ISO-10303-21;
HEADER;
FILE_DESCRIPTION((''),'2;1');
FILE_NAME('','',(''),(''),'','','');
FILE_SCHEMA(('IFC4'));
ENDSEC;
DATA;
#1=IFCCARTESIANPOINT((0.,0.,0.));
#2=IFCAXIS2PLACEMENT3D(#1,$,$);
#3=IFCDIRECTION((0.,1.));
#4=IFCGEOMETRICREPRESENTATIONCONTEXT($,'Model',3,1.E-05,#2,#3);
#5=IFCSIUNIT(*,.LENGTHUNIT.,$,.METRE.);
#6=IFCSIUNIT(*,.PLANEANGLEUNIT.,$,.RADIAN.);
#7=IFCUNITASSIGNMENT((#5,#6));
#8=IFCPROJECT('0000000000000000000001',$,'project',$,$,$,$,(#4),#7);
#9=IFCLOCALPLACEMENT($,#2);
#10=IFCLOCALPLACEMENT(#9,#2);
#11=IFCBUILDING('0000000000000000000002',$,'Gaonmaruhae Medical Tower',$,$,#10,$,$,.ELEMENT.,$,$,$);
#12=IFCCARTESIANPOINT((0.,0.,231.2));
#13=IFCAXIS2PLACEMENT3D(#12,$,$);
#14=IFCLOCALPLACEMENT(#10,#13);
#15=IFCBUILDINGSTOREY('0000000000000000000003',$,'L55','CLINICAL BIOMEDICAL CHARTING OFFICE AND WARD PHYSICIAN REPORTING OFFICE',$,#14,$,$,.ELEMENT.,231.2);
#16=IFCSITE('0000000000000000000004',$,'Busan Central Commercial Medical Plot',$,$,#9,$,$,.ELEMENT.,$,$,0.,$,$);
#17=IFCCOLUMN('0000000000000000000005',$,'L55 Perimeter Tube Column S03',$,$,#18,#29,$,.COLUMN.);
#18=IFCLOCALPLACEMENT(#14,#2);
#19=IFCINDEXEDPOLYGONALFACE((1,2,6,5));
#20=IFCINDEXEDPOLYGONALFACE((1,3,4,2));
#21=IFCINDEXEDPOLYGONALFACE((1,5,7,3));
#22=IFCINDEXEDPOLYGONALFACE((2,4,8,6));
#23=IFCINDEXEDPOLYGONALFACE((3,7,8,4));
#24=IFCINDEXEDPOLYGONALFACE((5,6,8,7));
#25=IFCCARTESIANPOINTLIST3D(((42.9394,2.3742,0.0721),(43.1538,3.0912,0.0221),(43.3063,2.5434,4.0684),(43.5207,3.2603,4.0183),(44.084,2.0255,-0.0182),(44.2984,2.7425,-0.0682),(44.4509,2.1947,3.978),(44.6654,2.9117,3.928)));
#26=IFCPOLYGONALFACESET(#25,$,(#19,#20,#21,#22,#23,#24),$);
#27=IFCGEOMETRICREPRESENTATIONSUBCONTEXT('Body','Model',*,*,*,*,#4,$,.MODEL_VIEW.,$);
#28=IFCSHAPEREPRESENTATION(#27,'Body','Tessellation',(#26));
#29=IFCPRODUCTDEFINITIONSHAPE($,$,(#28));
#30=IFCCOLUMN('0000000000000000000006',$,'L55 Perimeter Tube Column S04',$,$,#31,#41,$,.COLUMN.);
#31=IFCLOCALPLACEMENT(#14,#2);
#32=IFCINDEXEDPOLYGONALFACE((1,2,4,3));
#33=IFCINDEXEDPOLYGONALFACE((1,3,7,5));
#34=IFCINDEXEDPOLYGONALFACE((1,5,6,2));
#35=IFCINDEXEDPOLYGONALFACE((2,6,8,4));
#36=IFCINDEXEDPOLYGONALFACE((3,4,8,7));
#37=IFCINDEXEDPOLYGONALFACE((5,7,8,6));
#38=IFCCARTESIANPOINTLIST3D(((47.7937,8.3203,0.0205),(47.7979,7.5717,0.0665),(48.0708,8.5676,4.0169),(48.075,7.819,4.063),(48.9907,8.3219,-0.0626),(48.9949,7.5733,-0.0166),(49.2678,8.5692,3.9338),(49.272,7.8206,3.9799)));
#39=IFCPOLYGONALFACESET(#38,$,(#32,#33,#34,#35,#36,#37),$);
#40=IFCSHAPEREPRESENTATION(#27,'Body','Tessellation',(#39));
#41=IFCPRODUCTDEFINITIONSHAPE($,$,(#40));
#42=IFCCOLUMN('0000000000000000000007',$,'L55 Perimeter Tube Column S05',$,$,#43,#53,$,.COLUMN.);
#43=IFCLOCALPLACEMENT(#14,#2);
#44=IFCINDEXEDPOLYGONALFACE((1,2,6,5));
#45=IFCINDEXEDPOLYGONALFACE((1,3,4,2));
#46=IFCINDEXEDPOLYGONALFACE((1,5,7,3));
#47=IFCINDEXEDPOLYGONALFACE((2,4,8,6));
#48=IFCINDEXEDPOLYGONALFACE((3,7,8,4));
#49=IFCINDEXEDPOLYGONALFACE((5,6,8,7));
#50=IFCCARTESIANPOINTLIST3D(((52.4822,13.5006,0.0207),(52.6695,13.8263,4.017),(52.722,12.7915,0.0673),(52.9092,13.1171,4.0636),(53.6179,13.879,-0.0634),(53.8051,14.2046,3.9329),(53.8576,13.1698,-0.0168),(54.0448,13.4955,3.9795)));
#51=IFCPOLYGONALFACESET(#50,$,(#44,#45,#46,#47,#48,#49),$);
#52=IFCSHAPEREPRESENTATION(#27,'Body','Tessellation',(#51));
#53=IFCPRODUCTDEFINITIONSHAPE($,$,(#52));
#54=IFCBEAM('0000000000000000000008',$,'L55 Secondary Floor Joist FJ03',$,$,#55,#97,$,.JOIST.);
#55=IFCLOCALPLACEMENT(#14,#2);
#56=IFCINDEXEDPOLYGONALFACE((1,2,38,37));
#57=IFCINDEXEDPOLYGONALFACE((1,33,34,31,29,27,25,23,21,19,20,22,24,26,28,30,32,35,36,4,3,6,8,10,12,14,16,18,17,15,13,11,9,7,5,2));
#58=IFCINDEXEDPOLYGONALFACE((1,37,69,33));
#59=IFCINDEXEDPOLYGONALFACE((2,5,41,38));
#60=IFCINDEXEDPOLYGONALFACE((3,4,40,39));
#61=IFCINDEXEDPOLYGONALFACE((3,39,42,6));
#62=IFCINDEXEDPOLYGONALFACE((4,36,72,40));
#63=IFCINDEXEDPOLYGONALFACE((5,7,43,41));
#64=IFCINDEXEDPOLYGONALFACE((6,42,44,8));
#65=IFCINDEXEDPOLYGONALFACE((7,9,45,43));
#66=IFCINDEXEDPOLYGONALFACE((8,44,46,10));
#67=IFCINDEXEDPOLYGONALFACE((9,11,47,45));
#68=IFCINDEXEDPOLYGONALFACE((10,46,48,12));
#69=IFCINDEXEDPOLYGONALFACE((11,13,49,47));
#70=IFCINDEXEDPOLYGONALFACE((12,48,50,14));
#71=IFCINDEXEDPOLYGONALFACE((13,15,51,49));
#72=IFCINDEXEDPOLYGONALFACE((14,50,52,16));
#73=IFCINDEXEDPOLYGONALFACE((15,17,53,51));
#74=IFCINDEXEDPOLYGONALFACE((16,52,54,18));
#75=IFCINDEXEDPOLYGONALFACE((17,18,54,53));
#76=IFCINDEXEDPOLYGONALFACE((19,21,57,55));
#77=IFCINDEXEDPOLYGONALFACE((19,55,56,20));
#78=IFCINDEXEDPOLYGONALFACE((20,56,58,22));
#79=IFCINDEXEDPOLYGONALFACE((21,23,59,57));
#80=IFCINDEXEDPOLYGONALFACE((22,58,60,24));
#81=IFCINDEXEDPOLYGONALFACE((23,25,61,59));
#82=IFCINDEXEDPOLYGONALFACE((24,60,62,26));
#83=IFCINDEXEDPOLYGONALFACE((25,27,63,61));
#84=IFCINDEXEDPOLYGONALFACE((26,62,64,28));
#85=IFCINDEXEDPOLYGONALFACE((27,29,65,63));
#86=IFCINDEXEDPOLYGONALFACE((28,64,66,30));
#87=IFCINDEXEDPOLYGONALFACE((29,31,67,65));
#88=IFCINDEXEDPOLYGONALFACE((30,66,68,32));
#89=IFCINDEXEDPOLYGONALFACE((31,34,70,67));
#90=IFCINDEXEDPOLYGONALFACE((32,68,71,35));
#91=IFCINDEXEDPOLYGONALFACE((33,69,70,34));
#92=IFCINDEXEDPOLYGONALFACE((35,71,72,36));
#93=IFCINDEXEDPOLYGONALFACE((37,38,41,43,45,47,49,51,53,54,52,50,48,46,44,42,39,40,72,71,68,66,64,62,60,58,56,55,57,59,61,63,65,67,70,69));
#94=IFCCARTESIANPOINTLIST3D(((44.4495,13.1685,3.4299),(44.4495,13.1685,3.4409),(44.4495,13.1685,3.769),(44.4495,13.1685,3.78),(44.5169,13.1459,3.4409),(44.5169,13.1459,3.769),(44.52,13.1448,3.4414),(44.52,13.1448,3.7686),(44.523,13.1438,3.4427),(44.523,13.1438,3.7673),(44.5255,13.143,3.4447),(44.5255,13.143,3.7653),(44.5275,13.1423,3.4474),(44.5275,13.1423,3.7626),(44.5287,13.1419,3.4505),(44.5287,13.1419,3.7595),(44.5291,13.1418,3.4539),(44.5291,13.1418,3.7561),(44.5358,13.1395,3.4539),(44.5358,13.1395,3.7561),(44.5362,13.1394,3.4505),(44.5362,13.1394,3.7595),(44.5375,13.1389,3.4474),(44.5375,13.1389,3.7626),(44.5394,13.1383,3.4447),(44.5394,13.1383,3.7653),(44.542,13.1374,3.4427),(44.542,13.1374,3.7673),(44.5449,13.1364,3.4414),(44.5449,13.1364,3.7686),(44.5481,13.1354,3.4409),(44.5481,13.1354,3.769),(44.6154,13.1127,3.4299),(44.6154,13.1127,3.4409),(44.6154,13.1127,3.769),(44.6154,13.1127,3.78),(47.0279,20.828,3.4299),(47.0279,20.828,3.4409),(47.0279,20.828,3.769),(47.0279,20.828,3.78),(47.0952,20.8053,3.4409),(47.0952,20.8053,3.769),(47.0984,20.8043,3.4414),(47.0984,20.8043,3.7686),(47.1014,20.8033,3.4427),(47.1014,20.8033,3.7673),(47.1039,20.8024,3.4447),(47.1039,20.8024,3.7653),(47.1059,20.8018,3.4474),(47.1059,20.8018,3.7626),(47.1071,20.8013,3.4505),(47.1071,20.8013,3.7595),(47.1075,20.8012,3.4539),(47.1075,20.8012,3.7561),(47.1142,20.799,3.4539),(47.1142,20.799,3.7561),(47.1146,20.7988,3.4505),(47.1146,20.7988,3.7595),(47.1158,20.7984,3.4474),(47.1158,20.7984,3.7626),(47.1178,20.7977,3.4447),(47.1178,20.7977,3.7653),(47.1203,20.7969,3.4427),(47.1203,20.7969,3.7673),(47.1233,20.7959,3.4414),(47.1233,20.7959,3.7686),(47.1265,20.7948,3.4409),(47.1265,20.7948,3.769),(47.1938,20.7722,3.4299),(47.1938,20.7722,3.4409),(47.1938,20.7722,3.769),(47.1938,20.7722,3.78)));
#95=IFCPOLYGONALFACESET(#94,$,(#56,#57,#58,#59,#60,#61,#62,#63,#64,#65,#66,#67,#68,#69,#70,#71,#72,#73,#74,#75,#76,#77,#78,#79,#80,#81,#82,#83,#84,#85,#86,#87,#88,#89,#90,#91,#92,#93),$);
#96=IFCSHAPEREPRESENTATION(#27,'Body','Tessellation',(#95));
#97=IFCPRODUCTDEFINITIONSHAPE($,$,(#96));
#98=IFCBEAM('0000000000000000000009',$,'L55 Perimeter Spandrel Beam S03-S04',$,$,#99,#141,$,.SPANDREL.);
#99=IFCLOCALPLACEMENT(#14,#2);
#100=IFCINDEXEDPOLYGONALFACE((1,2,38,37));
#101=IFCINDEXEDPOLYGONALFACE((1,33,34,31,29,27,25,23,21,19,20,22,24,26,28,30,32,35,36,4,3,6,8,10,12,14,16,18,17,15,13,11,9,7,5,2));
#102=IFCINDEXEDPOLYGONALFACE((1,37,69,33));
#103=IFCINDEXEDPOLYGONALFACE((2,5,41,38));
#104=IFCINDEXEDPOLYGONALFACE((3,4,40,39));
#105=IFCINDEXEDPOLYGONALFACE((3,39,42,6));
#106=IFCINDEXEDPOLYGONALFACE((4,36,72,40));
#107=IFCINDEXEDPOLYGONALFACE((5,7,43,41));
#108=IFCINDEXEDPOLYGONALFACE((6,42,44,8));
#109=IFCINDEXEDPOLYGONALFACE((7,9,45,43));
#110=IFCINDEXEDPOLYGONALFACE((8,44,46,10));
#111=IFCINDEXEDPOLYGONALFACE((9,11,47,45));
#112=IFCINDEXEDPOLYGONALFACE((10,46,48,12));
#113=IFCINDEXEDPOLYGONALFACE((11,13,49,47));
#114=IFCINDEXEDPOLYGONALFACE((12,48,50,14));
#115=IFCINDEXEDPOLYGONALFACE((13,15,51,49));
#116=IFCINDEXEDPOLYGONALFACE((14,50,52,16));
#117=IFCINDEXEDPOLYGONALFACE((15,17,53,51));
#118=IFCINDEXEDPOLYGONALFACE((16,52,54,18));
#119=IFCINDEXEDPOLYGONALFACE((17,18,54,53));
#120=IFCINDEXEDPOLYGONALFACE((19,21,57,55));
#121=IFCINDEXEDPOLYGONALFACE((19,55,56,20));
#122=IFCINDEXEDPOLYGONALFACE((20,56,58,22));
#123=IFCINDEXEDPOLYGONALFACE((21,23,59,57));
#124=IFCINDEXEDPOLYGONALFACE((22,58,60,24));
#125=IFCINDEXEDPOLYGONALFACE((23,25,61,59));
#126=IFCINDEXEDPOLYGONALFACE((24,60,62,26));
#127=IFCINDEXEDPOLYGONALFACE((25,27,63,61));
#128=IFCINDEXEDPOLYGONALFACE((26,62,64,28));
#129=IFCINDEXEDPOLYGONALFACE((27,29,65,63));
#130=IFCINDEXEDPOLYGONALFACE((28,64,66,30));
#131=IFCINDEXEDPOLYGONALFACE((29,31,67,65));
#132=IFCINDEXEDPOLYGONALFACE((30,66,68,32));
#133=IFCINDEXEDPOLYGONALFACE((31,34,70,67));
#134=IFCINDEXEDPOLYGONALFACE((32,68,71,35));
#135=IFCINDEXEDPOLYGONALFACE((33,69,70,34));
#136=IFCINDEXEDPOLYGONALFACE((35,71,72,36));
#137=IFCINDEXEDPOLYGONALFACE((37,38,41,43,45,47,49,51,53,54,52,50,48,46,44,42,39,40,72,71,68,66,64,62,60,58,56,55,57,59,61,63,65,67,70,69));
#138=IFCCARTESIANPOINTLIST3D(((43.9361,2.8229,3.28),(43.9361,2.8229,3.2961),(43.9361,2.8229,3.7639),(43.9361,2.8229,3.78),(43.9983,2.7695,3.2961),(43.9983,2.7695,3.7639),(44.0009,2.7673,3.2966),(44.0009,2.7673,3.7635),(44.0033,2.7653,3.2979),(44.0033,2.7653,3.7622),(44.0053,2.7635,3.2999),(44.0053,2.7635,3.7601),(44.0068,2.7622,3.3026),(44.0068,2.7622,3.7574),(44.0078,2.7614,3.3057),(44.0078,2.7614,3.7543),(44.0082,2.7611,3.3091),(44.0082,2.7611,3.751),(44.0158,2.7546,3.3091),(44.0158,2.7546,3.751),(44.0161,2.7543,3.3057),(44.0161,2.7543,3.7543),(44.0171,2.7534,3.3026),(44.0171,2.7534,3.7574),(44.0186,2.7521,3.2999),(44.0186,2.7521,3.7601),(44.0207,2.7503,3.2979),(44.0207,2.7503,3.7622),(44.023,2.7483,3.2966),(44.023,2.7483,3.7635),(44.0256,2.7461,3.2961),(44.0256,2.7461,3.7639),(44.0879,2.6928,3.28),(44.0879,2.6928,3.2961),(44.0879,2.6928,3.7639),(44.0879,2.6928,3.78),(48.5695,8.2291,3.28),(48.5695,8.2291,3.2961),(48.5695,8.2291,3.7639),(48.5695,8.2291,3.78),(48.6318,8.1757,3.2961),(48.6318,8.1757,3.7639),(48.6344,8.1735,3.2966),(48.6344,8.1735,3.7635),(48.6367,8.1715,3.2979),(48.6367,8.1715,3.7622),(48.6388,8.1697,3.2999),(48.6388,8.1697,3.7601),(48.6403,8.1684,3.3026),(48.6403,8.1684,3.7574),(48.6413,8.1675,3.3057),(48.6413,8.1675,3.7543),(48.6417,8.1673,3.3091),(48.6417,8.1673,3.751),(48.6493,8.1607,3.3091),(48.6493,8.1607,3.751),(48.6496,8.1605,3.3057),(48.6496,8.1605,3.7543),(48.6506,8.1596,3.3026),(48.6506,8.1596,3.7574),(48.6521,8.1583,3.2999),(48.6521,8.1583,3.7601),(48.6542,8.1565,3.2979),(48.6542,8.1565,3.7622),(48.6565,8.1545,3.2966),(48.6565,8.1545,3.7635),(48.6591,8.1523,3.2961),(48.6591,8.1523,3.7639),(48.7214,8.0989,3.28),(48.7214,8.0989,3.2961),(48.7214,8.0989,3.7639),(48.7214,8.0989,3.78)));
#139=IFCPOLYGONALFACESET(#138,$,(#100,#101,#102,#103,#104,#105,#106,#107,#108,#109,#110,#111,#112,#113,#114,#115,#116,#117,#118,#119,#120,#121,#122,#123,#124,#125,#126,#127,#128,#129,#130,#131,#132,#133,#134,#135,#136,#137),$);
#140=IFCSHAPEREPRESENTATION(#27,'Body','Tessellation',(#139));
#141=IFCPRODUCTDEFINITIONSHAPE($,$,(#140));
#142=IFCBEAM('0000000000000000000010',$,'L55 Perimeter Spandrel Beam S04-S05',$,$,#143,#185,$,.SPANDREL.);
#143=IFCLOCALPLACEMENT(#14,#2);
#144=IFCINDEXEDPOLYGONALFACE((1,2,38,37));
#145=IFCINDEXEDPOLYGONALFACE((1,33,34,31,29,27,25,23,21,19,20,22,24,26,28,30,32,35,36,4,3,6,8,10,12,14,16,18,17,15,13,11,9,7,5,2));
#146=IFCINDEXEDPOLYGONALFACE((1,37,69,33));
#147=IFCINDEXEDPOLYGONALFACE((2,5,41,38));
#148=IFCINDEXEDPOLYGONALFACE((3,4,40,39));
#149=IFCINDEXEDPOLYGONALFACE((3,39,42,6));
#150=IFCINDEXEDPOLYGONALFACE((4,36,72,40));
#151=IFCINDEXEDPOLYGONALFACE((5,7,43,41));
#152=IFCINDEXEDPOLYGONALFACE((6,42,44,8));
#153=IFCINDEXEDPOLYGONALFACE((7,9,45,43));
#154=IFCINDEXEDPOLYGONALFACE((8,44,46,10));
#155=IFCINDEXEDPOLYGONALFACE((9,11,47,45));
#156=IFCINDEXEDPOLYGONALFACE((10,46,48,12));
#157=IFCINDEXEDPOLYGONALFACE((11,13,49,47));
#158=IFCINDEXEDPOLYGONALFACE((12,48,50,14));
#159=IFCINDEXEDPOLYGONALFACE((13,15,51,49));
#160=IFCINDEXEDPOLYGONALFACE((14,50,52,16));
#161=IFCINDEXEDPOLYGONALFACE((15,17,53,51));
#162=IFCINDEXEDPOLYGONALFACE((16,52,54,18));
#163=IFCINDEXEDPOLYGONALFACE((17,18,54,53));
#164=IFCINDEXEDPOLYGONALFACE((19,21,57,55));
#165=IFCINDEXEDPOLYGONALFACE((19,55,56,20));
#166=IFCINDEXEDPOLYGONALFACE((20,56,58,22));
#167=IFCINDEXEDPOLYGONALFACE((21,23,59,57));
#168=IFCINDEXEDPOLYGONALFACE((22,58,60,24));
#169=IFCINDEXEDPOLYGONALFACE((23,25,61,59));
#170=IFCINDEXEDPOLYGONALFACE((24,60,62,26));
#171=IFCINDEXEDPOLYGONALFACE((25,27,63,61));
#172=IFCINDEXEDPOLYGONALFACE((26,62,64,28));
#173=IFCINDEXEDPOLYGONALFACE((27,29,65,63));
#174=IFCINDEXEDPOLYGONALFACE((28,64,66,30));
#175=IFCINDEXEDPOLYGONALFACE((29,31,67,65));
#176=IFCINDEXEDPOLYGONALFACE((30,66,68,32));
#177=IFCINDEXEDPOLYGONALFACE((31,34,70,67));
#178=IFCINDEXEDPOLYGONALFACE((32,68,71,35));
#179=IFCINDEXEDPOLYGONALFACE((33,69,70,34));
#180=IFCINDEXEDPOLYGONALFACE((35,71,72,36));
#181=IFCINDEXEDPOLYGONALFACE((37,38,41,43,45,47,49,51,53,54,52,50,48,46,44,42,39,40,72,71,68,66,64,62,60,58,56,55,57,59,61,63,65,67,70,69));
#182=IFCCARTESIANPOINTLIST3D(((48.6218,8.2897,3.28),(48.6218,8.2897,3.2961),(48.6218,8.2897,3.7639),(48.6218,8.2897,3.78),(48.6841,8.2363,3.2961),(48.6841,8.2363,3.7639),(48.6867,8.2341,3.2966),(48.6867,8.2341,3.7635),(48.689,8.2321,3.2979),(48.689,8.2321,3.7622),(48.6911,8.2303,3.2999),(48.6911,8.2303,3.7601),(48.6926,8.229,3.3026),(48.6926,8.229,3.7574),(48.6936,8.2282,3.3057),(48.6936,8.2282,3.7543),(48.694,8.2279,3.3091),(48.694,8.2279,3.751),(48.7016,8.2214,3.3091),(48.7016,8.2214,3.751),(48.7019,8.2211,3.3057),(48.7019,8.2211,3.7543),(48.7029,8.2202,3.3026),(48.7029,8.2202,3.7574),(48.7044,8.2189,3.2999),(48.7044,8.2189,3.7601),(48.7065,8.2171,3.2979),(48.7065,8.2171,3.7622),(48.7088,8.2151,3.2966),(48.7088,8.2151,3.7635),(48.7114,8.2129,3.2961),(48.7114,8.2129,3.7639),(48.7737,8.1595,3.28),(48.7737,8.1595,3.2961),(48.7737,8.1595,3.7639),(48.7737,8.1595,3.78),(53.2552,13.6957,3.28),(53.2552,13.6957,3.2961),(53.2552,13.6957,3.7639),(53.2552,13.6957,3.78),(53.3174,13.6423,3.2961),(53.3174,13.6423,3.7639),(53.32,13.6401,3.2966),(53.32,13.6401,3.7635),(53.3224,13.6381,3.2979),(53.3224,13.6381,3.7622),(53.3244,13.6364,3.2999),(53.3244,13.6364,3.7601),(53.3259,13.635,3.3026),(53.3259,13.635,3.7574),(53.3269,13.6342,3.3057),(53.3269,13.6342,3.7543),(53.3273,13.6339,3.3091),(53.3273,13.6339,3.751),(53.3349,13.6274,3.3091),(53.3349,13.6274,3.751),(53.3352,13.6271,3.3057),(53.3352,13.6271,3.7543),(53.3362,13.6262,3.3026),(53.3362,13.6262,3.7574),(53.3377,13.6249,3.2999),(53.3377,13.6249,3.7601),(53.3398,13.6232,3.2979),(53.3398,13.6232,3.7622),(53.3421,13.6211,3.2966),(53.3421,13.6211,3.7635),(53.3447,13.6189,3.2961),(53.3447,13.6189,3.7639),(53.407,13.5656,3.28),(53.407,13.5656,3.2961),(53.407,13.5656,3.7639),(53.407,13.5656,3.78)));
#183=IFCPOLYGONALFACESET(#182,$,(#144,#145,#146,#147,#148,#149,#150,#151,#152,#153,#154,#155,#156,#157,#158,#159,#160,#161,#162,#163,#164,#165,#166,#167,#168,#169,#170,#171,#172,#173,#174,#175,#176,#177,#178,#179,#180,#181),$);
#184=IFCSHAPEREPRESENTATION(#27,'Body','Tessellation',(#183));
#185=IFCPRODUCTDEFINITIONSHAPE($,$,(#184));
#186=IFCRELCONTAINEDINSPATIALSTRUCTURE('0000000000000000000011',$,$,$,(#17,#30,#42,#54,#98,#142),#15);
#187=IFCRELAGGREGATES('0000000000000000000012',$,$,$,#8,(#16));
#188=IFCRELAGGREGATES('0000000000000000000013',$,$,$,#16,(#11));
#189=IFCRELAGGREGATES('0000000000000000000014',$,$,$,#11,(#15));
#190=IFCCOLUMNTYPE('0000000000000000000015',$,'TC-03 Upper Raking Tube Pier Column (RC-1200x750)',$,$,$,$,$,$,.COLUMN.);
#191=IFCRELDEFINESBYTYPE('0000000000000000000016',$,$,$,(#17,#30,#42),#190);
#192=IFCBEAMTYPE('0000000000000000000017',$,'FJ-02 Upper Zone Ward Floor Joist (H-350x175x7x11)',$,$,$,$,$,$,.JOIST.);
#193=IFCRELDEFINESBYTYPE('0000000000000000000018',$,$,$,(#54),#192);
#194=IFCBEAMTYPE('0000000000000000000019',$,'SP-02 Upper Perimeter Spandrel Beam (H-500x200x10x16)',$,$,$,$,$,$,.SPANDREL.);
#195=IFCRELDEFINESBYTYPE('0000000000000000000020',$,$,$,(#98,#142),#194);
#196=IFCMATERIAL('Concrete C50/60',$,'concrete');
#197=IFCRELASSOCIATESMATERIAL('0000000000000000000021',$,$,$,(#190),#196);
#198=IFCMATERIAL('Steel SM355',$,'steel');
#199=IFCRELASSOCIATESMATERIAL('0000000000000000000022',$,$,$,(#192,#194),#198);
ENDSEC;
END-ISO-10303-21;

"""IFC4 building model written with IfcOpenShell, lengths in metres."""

from ifc_helpers import new_model, si_unit, direction, frame, origin, origin_2d, place, context, subcontext, project, spatial, rectangle, i_section, extrude, material, material_profile, profile_set, type_object, element, save


model = new_model("IFC4")

# Units and contexts
model_context = context("Model", 3, precision=1e-05, world=origin(), true_north=direction((0.0, 1.0)))
body_context = subcontext(model_context, "Body", "Model", "MODEL_VIEW")
ifc_project = project(units=[si_unit("LENGTHUNIT", "METRE"), si_unit("PLANEANGLEUNIT", "RADIAN")], contexts=[model_context])

# Site, building, storey
site_placement = place(None, origin())
site = spatial("IfcSite", under=ifc_project, at=site_placement, Name="Busan Central Commercial Medical Plot", CompositionType="ELEMENT", RefElevation=0.0)
building_placement = place(site_placement, origin())
building = spatial("IfcBuilding", under=site, at=building_placement, Name="Gaonmaruhae Medical Tower", CompositionType="ELEMENT")
storey_placement = place(building_placement, frame((0.0, 0.0, 231.2)))
storey = spatial("IfcBuildingStorey", under=building, at=storey_placement, Name="L55", Description="CLINICAL BIOMEDICAL CHARTING OFFICE AND WARD PHYSICIAN REPORTING OFFICE", CompositionType="ELEMENT", Elevation=231.2)

# Columns
ifc_material_1 = material(Name="Concrete C50/60", Category="concrete")
ifc_material_profile_1 = material_profile(ifc_material_1, rectangle(XDim=1.2, YDim=0.75, at=origin_2d()), Name="RC-1200x750")
ifc_profile_set_1 = profile_set([ifc_material_profile_1], Name="Concrete C50/60")
column_type = type_object("IfcColumnType", Name="TC-03 Upper Raking Tube Pier Column (RC-1200x750)", PredefinedType="COLUMN", material=ifc_profile_set_1)
column_1_placement = place(storey_placement, frame((43.6189, 2.5583, 0.002), z_axis=(0.091354, 0.042121, 0.994927), x_axis=(-0.953889, 0.290565, 0.075285)))
element("IfcColumn", 1, at=column_1_placement, inside=storey, type_object=column_type, Name="L55 Perimeter Tube Column S03", PredefinedType="COLUMN", context=body_context, shape_type="SweptSolid", body=[
    extrude(rectangle(XDim=1.2, YDim=0.75, at=origin_2d()), origin(), (0.0, 0.0, 1.0), 4.0166),
])
column_2_placement = place(storey_placement, frame((48.3943, 7.9468, 0.002), z_axis=(0.069041, 0.06162, 0.995709), x_axis=(-0.997598, -0.001339, 0.069255)))
element("IfcColumn", 2, at=column_2_placement, inside=storey, type_object=column_type, Name="L55 Perimeter Tube Column S04", PredefinedType="COLUMN", context=body_context, shape_type="SweptSolid", body=[
    extrude(rectangle(XDim=1.2, YDim=0.75, at=origin_2d()), origin(), (0.0, 0.0, 1.0), 4.0137),
])
column_3_placement = place(storey_placement, frame((53.1699, 13.3352, 0.002), z_axis=(0.046651, 0.081138, 0.995611), x_axis=(-0.946394, -0.315329, 0.070043)))
element("IfcColumn", 3, at=column_3_placement, inside=storey, type_object=column_type, Name="L55 Perimeter Tube Column S05", PredefinedType="COLUMN", context=body_context, shape_type="SweptSolid", body=[
    extrude(rectangle(XDim=1.2, YDim=0.75, at=origin_2d()), origin(), (0.0, 0.0, 1.0), 4.0139),
])

# Beams
ifc_material_2 = material(Name="Steel SM355", Category="steel")
ifc_material_profile_2 = material_profile(ifc_material_2, i_section(OverallWidth=0.175, OverallDepth=0.3501, WebThickness=0.0071, FlangeThickness=0.011, FilletRadius=0.0129, at=origin_2d()), Name="H-350x175x7x11")
ifc_profile_set_2 = profile_set([ifc_material_profile_2], Name="Steel SM355")
beam_type_1 = type_object("IfcBeamType", Name="FJ-02 Upper Zone Ward Floor Joist (H-350x175x7x11)", PredefinedType="JOIST", material=ifc_profile_set_2)
beam_1_placement = place(storey_placement, frame((44.5325, 13.1406, 3.605), z_axis=(0.319036, 0.947743, 0.0), x_axis=(-0.947743, 0.319036, 0.0)))
element("IfcBeam", 4, at=beam_1_placement, inside=storey, type_object=beam_type_1, Name="L55 Secondary Floor Joist FJ03", PredefinedType="JOIST", context=body_context, shape_type="SweptSolid", body=[
    extrude(i_section(OverallWidth=0.175, OverallDepth=0.3501, WebThickness=0.0071, FlangeThickness=0.011, FilletRadius=0.0129, at=origin_2d()), origin(), (0.0, 0.0, 1.0), 8.0818),
])
ifc_material_profile_3 = material_profile(ifc_material_2, i_section(OverallWidth=0.2, OverallDepth=0.5, WebThickness=0.01, FlangeThickness=0.0161, FilletRadius=0.0129, at=origin_2d()), Name="H-500x200x10x16")
ifc_profile_set_3 = profile_set([ifc_material_profile_3], Name="Steel SM355")
beam_type_2 = type_object("IfcBeamType", Name="SP-02 Upper Perimeter Spandrel Beam (H-500x200x10x16)", PredefinedType="SPANDREL", material=ifc_profile_set_3)
beam_2_placement = place(storey_placement, frame((44.012, 2.7578, 3.53), z_axis=(0.65076, 0.759283, 0.0), x_axis=(-0.759283, 0.65076, 0.0)))
element("IfcBeam", 5, at=beam_2_placement, inside=storey, type_object=beam_type_2, Name="L55 Perimeter Spandrel Beam S03-S04", PredefinedType="SPANDREL", context=body_context, shape_type="SweptSolid", body=[
    extrude(i_section(OverallWidth=0.2, OverallDepth=0.5, WebThickness=0.01, FlangeThickness=0.0161, FilletRadius=0.0129, at=origin_2d()), origin(), (0.0, 0.0, 1.0), 7.1201),
])
beam_3_placement = place(storey_placement, frame((48.6978, 8.2246, 3.53), z_axis=(0.650757, 0.759286, 0.0), x_axis=(-0.759286, 0.650757, 0.0)))
element("IfcBeam", 6, at=beam_3_placement, inside=storey, type_object=beam_type_2, Name="L55 Perimeter Spandrel Beam S04-S05", PredefinedType="SPANDREL", context=body_context, shape_type="SweptSolid", body=[
    extrude(i_section(OverallWidth=0.2, OverallDepth=0.5, WebThickness=0.01, FlangeThickness=0.0161, FilletRadius=0.0129, at=origin_2d()), origin(), (0.0, 0.0, 1.0), 7.1199),
])

save(model, "model.ifc")
